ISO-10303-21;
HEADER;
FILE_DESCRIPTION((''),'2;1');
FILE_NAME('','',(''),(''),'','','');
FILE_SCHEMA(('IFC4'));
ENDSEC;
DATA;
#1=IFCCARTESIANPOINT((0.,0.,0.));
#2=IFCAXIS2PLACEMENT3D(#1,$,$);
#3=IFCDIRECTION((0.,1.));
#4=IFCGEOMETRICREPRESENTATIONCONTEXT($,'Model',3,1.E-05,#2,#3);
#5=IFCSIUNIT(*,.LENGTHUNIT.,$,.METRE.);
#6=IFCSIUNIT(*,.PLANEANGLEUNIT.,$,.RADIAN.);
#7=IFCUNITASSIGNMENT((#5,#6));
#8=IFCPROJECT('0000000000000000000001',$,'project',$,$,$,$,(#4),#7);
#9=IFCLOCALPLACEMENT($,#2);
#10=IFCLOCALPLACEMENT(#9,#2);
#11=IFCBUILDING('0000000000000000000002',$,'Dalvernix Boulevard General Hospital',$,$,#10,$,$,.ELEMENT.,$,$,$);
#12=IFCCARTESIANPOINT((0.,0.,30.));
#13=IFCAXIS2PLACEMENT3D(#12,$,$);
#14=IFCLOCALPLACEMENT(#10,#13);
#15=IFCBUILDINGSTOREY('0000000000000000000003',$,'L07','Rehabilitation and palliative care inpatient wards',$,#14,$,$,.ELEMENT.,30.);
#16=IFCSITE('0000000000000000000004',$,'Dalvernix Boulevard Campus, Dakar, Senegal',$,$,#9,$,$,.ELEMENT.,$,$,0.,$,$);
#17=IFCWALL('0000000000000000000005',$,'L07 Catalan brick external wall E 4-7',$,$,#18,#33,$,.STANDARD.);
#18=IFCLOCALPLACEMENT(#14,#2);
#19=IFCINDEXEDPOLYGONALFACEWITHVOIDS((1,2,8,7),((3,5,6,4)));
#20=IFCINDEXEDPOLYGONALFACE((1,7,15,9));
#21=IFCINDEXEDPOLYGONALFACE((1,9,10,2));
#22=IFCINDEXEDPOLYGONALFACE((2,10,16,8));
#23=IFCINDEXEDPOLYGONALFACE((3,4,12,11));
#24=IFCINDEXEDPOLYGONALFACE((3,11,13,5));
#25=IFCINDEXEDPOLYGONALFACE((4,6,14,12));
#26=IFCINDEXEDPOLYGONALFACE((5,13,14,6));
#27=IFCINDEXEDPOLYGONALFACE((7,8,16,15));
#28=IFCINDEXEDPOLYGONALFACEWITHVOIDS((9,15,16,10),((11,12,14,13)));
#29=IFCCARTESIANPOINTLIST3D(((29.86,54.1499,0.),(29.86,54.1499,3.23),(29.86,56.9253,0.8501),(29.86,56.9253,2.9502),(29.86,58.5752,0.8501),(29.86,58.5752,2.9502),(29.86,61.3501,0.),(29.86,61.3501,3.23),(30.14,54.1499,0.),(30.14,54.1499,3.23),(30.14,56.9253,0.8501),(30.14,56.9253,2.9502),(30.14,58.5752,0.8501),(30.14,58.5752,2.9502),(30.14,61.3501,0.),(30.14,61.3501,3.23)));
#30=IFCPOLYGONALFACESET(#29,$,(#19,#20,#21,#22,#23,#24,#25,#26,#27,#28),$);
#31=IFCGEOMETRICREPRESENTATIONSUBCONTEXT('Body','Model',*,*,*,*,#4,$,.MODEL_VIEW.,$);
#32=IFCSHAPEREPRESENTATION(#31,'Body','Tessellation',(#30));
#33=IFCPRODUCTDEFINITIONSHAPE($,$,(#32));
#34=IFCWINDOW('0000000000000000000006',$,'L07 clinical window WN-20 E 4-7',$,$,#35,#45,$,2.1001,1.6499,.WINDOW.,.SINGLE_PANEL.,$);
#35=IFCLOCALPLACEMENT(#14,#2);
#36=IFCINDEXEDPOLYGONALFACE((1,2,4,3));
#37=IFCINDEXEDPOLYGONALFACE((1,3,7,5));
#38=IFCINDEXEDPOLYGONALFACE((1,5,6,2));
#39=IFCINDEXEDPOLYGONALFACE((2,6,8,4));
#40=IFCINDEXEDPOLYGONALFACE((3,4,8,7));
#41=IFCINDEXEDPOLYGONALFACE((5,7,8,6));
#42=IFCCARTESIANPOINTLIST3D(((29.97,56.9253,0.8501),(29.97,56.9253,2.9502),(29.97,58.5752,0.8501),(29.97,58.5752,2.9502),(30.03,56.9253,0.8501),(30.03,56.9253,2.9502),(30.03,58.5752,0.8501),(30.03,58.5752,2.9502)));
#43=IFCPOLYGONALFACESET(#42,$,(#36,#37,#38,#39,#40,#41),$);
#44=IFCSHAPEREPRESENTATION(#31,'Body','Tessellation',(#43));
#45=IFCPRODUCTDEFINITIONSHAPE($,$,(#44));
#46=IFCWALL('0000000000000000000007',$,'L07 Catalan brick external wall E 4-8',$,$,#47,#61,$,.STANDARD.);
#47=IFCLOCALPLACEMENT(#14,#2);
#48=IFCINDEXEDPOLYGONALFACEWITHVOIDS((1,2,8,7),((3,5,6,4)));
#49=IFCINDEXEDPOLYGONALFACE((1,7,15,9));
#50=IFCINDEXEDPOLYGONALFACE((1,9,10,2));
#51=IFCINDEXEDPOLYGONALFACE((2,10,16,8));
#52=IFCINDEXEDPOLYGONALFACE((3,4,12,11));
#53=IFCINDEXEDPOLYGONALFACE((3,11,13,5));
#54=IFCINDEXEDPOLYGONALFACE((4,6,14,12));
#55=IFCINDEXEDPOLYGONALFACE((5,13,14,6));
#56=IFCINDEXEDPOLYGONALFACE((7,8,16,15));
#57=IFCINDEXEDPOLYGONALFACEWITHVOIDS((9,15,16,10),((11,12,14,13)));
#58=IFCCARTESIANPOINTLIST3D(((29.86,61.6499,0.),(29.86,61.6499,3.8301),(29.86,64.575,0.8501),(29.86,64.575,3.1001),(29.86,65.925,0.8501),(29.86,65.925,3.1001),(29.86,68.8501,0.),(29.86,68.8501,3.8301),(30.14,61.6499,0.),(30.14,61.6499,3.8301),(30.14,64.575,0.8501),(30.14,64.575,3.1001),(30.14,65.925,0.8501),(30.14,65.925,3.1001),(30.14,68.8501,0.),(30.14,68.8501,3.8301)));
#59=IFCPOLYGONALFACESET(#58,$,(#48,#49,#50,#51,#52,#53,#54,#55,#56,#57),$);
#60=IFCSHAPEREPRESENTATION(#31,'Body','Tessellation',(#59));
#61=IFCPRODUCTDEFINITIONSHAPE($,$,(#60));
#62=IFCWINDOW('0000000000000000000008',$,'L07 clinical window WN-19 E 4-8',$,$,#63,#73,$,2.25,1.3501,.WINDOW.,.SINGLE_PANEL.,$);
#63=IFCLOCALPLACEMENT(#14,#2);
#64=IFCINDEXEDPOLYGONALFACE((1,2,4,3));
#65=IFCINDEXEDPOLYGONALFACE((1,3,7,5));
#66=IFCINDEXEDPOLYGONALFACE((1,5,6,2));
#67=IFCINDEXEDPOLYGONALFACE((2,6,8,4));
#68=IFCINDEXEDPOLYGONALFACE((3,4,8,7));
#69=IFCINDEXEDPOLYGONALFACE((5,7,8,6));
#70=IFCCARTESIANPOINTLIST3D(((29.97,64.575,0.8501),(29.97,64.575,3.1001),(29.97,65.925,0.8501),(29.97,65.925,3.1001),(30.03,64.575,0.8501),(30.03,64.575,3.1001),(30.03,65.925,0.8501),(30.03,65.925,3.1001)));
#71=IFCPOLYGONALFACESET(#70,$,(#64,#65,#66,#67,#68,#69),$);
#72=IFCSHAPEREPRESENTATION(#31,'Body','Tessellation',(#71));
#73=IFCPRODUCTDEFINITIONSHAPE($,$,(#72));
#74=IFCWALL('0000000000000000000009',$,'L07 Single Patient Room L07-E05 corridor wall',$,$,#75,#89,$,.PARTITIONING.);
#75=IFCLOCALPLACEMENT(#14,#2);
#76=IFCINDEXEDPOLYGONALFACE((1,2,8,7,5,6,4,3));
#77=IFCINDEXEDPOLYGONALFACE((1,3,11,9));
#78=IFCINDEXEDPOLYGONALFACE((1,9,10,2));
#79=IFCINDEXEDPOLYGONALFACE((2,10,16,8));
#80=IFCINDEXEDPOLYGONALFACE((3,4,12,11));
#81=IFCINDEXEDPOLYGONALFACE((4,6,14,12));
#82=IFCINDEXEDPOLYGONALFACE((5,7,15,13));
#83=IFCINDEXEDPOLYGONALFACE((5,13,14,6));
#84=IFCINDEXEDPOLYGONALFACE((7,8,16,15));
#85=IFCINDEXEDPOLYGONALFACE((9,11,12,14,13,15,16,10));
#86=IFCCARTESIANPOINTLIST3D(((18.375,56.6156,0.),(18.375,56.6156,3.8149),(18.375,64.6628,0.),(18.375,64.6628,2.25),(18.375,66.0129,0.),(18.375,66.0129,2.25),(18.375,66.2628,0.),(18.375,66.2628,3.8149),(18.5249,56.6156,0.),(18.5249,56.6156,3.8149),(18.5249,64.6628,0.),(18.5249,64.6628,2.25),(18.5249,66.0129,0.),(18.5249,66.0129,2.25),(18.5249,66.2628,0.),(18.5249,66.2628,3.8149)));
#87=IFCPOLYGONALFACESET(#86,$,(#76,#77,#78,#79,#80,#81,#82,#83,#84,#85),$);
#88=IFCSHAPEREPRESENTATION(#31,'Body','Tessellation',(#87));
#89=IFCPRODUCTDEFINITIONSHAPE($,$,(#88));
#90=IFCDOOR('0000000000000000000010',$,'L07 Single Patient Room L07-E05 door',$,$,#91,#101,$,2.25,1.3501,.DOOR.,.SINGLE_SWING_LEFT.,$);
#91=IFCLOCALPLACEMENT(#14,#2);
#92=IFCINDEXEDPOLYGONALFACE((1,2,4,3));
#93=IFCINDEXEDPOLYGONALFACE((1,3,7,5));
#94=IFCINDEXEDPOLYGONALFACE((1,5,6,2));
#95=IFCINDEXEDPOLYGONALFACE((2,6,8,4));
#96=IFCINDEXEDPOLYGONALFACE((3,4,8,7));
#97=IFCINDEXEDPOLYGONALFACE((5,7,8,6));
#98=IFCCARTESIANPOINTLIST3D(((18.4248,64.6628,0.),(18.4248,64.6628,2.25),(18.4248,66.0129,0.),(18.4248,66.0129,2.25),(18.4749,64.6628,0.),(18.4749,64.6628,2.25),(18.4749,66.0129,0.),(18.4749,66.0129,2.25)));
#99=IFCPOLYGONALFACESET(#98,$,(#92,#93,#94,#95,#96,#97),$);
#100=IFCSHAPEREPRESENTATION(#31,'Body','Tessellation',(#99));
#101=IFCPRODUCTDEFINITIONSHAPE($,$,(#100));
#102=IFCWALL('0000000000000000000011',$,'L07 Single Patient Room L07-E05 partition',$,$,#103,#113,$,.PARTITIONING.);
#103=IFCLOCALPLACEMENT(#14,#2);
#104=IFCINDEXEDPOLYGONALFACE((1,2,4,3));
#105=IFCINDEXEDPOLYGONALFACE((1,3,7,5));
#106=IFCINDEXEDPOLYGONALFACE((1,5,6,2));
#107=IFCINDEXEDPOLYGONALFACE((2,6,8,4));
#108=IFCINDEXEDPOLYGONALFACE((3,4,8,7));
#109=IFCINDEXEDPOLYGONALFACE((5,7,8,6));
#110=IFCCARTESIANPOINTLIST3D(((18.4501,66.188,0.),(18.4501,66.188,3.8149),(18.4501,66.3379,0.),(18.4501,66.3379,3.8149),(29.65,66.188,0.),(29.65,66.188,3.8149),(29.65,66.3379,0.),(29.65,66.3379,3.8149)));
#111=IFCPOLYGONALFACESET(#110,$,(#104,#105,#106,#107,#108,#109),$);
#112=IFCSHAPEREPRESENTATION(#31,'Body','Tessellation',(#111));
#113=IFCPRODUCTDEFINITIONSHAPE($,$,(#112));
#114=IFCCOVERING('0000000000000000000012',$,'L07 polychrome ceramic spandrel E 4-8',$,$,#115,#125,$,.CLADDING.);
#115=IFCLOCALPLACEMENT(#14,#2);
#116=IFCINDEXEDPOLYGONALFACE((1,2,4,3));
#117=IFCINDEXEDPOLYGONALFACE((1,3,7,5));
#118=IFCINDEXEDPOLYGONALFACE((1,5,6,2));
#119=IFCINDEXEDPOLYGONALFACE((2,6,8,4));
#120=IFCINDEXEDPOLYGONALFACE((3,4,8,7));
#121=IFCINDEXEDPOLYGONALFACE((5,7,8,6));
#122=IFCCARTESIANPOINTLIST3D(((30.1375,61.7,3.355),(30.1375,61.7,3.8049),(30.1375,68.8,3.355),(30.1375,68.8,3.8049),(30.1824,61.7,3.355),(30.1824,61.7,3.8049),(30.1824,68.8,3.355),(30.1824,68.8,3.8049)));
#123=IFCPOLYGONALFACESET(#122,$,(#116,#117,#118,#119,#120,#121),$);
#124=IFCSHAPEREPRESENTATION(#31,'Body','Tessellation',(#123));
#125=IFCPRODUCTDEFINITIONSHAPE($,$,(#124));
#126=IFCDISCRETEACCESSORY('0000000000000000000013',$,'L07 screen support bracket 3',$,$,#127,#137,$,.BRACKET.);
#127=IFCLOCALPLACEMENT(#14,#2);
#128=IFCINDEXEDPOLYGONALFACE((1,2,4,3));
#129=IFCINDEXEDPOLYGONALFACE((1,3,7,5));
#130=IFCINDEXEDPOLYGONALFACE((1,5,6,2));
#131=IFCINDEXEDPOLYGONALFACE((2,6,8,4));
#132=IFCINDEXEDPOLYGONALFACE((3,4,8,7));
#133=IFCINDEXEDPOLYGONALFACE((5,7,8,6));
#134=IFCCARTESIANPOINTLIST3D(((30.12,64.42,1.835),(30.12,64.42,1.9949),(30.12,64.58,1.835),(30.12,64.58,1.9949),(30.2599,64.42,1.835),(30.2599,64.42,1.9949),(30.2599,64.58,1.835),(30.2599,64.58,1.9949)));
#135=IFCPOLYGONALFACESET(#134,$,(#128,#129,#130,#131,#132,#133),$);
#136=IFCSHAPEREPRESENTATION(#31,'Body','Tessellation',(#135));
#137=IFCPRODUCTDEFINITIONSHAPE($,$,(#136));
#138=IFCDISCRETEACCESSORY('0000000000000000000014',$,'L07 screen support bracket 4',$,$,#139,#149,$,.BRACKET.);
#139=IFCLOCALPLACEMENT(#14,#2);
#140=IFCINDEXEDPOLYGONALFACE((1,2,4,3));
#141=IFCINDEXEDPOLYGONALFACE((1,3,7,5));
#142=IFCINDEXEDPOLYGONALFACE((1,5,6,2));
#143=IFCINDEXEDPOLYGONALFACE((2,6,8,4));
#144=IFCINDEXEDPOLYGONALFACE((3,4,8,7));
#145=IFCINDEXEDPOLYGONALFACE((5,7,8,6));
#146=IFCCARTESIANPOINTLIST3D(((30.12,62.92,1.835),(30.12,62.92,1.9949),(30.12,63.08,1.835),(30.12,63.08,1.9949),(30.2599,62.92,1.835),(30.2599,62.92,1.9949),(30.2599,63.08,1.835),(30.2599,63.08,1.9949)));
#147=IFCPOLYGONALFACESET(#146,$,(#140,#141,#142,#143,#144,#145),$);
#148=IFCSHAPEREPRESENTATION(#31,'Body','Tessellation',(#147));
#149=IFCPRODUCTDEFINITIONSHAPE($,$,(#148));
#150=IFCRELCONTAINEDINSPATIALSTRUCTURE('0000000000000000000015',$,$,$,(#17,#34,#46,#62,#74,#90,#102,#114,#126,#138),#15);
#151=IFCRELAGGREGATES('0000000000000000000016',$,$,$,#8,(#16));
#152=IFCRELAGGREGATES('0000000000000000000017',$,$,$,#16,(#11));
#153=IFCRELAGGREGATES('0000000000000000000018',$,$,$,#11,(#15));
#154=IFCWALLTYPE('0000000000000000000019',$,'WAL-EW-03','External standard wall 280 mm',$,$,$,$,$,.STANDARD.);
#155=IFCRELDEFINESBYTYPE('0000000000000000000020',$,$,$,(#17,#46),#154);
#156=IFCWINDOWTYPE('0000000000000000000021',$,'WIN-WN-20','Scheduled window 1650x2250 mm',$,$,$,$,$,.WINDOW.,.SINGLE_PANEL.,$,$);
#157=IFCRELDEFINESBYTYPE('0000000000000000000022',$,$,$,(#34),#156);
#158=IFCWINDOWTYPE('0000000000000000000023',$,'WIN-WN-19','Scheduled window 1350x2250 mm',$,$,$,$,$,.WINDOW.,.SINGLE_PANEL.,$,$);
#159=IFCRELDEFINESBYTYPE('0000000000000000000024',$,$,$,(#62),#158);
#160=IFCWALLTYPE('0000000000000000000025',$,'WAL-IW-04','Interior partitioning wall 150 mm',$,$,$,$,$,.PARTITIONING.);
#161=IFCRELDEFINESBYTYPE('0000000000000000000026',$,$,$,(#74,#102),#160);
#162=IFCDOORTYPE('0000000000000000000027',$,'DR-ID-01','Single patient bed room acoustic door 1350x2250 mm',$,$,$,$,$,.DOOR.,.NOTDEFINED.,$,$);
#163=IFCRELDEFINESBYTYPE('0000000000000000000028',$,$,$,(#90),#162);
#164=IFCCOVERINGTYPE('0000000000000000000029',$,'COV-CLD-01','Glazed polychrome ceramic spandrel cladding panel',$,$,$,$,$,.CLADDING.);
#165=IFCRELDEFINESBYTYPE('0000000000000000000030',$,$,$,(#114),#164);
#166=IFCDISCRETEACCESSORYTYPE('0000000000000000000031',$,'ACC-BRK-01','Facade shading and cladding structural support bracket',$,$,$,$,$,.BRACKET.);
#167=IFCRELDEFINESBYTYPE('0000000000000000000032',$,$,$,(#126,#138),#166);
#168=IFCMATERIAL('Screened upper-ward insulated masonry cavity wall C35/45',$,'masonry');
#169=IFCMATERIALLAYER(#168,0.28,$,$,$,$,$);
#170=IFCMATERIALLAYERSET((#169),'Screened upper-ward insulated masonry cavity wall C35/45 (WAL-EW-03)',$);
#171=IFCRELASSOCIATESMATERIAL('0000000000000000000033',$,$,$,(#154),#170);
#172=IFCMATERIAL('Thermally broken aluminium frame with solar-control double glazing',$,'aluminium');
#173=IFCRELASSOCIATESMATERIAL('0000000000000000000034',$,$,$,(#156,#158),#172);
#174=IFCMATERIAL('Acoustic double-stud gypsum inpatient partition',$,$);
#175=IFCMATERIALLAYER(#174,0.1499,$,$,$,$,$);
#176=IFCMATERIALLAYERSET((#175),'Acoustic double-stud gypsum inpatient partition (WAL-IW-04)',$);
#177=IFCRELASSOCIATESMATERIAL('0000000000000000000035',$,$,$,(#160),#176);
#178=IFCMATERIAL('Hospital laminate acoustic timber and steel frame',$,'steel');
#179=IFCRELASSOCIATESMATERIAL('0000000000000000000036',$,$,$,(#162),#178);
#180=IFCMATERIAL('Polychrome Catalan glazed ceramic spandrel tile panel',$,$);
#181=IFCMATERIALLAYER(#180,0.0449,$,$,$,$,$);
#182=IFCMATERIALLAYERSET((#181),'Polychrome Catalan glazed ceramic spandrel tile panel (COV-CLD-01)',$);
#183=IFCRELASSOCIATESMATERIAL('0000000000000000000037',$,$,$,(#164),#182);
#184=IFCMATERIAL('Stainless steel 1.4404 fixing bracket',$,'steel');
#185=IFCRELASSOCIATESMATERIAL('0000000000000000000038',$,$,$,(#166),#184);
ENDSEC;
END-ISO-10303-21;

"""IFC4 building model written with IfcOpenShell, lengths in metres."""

from ifc_helpers import new_model, si_unit, direction, frame, frame_2d, origin, origin_2d, place, context, subcontext, project, spatial, rectangle, extrude, material, layer, layer_set, type_object, element, fill, save


model = new_model("IFC4")

# Units and contexts
model_context = context("Model", 3, precision=1e-05, world=origin(), true_north=direction((0.0, 1.0)))
body_context = subcontext(model_context, "Body", "Model", "MODEL_VIEW")
ifc_project = project(units=[si_unit("LENGTHUNIT", "METRE"), si_unit("PLANEANGLEUNIT", "RADIAN")], contexts=[model_context])

# Site, building, storey
site_placement = place(None, origin())
site = spatial("IfcSite", under=ifc_project, at=site_placement, Name="Dalvernix Boulevard Campus, Dakar, Senegal", CompositionType="ELEMENT", RefElevation=0.0)
building_placement = place(site_placement, origin())
building = spatial("IfcBuilding", under=site, at=building_placement, Name="Dalvernix Boulevard General Hospital", CompositionType="ELEMENT")
storey_placement = place(building_placement, frame((0.0, 0.0, 30.0)))
storey = spatial("IfcBuildingStorey", under=building, at=storey_placement, Name="L07", Description="Rehabilitation and palliative care inpatient wards", CompositionType="ELEMENT", Elevation=30.0)

# Walls, openings, windows
ifc_material_1 = material(Name="Screened upper-ward insulated masonry cavity wall C35/45", Category="masonry")
ifc_layer_1 = layer(ifc_material_1, 0.28)
ifc_layer_set_1 = layer_set([ifc_layer_1], Name="Screened upper-ward insulated masonry cavity wall C35/45 (WAL-EW-03)")
wall_type_1 = type_object("IfcWallType", Name="WAL-EW-03", Description="External standard wall 280 mm", PredefinedType="STANDARD", material=ifc_layer_set_1)
wall_1_placement = place(storey_placement, frame((30.0, 61.3501, 0.0), z_axis=(0.0, 0.0, 1.0), x_axis=(0.0, -1.0, 0.0)))
wall_1 = element("IfcWall", 1, at=wall_1_placement, inside=storey, type_object=wall_type_1, Name="L07 Catalan brick external wall E 4-7", PredefinedType="STANDARD", context=body_context, shape_type="SweptSolid", body=[
    extrude(rectangle(XDim=7.2002, YDim=0.28, at=frame_2d((3.6001, 0.0))), origin(), (0.0, 0.0, 1.0), 3.23),
])
opening_1_placement = place(wall_1_placement, frame((2.7749, 0.0, 0.8501)))
opening_1 = element("IfcOpeningElement", 2, at=opening_1_placement, cuts=wall_1, PredefinedType="OPENING", context=body_context, shape_type="SweptSolid", body=[
    extrude(rectangle(XDim=1.6499, YDim=2.1001, at=frame_2d((0.825, 1.05))), frame((0.0, 0.1499, 0.0), z_axis=(0.0, -1.0, 0.0), x_axis=(1.0, 0.0, 0.0)), (0.0, 0.0, 1.0), 0.3),
])
ifc_material_2 = material(Name="Thermally broken aluminium frame with solar-control double glazing", Category="aluminium")
window_type_1 = type_object("IfcWindowType", Name="WIN-WN-20", Description="Scheduled window 1650x2250 mm", PartitioningType="SINGLE_PANEL", PredefinedType="WINDOW", material=ifc_material_2)
window_1_placement = place(opening_1_placement, origin())
window_1 = element("IfcWindow", 3, at=window_1_placement, inside=storey, type_object=window_type_1, Name="L07 clinical window WN-20 E 4-7", OverallHeight=2.1001, OverallWidth=1.6499, PartitioningType="SINGLE_PANEL", PredefinedType="WINDOW", context=body_context, shape_type="SweptSolid", body=[
    extrude(rectangle(XDim=1.6499, YDim=2.1001, at=frame_2d((0.825, 1.05))), frame((0.0, 0.03, 0.0), z_axis=(0.0, -1.0, 0.0), x_axis=(1.0, 0.0, 0.0)), (0.0, 0.0, 1.0), 0.0601),
])
fill(opening_1, window_1)
wall_2_placement = place(storey_placement, frame((30.0, 68.8501, 0.0), z_axis=(0.0, 0.0, 1.0), x_axis=(0.0, -1.0, 0.0)))
wall_2 = element("IfcWall", 4, at=wall_2_placement, inside=storey, type_object=wall_type_1, Name="L07 Catalan brick external wall E 4-8", PredefinedType="STANDARD", context=body_context, shape_type="SweptSolid", body=[
    extrude(rectangle(XDim=7.2002, YDim=0.28, at=frame_2d((3.6001, 0.0))), origin(), (0.0, 0.0, 1.0), 3.8301),
])
opening_2_placement = place(wall_2_placement, frame((2.925, 0.0, 0.8501)))
opening_2 = element("IfcOpeningElement", 5, at=opening_2_placement, cuts=wall_2, PredefinedType="OPENING", context=body_context, shape_type="SweptSolid", body=[
    extrude(rectangle(XDim=1.3501, YDim=2.25, at=frame_2d((0.675, 1.125))), frame((0.0, 0.1499, 0.0), z_axis=(0.0, -1.0, 0.0), x_axis=(1.0, 0.0, 0.0)), (0.0, 0.0, 1.0), 0.3),
])
window_type_2 = type_object("IfcWindowType", Name="WIN-WN-19", Description="Scheduled window 1350x2250 mm", PartitioningType="SINGLE_PANEL", PredefinedType="WINDOW", material=ifc_material_2)
window_2_placement = place(opening_2_placement, origin())
window_2 = element("IfcWindow", 6, at=window_2_placement, inside=storey, type_object=window_type_2, Name="L07 clinical window WN-19 E 4-8", OverallHeight=2.25, OverallWidth=1.3501, PartitioningType="SINGLE_PANEL", PredefinedType="WINDOW", context=body_context, shape_type="SweptSolid", body=[
    extrude(rectangle(XDim=1.3501, YDim=2.25, at=frame_2d((0.675, 1.125))), frame((0.0, 0.03, 0.0), z_axis=(0.0, -1.0, 0.0), x_axis=(1.0, 0.0, 0.0)), (0.0, 0.0, 1.0), 0.0601),
])
fill(opening_2, window_2)

# Wall, opening, door
ifc_material_3 = material(Name="Acoustic double-stud gypsum inpatient partition")
ifc_layer_2 = layer(ifc_material_3, 0.1499)
ifc_layer_set_2 = layer_set([ifc_layer_2], Name="Acoustic double-stud gypsum inpatient partition (WAL-IW-04)")
wall_type_2 = type_object("IfcWallType", Name="WAL-IW-04", Description="Interior partitioning wall 150 mm", PredefinedType="PARTITIONING", material=ifc_layer_set_2)
wall_3_placement = place(storey_placement, frame((18.45, 66.2629, 0.0), z_axis=(0.0, 0.0, 1.0), x_axis=(0.0, -1.0, 0.0)))
wall_3 = element("IfcWall", 7, at=wall_3_placement, inside=storey, type_object=wall_type_2, Name="L07 Single Patient Room L07-E05 corridor wall", PredefinedType="PARTITIONING", context=body_context, shape_type="SweptSolid", body=[
    extrude(rectangle(XDim=9.6472, YDim=0.1499, at=frame_2d((4.8237, 0.0))), origin(), (0.0, 0.0, 1.0), 3.8149),
])
opening_3_placement = place(wall_3_placement, frame((0.25, 0.0, 0.0)))
opening_3 = element("IfcOpeningElement", 8, at=opening_3_placement, cuts=wall_3, PredefinedType="OPENING", context=body_context, shape_type="SweptSolid", body=[
    extrude(rectangle(XDim=1.3501, YDim=2.25, at=frame_2d((0.675, 1.125))), frame((0.0, 0.085, 0.0), z_axis=(0.0, -1.0, 0.0), x_axis=(1.0, 0.0, 0.0)), (0.0, 0.0, 1.0), 0.1699),
])
ifc_material_4 = material(Name="Hospital laminate acoustic timber and steel frame", Category="steel")
door_type = type_object("IfcDoorType", Name="DR-ID-01", Description="Single patient bed room acoustic door 1350x2250 mm", OperationType="NOTDEFINED", PredefinedType="DOOR", material=ifc_material_4)
door_placement = place(opening_3_placement, origin())
door = element("IfcDoor", 9, at=door_placement, inside=storey, type_object=door_type, Name="L07 Single Patient Room L07-E05 door", OperationType="SINGLE_SWING_LEFT", OverallHeight=2.25, OverallWidth=1.3501, PredefinedType="DOOR", context=body_context, shape_type="SweptSolid", body=[
    extrude(rectangle(XDim=1.3501, YDim=2.25, at=frame_2d((0.675, 1.125))), frame((0.0, 0.0249, 0.0), z_axis=(0.0, -1.0, 0.0), x_axis=(1.0, 0.0, 0.0)), (0.0, 0.0, 1.0), 0.05),
])
fill(opening_3, door)

# Wall
wall_4_placement = place(storey_placement, frame((18.45, 66.2629, 0.0), z_axis=(0.0, 0.0, 1.0), x_axis=(1.0, 0.0, 0.0)))
element("IfcWall", 10, at=wall_4_placement, inside=storey, type_object=wall_type_2, Name="L07 Single Patient Room L07-E05 partition", PredefinedType="PARTITIONING", context=body_context, shape_type="SweptSolid", body=[
    extrude(rectangle(XDim=11.2, YDim=0.1499, at=frame_2d((5.6001, 0.0))), origin(), (0.0, 0.0, 1.0), 3.8149),
])

# Covering
ifc_material_5 = material(Name="Polychrome Catalan glazed ceramic spandrel tile panel")
ifc_layer_3 = layer(ifc_material_5, 0.0449)
ifc_layer_set_3 = layer_set([ifc_layer_3], Name="Polychrome Catalan glazed ceramic spandrel tile panel (COV-CLD-01)")
covering_type = type_object("IfcCoveringType", Name="COV-CLD-01", Description="Glazed polychrome ceramic spandrel cladding panel", PredefinedType="CLADDING", material=ifc_layer_set_3)
covering_placement = place(storey_placement, frame((30.1599, 65.25, 3.355), z_axis=(0.0, 0.0, 1.0), x_axis=(0.0, -1.0, 0.0)))
element("IfcCovering", 11, at=covering_placement, inside=storey, type_object=covering_type, Name="L07 polychrome ceramic spandrel E 4-8", PredefinedType="CLADDING", context=body_context, shape_type="SweptSolid", body=[
    extrude(rectangle(XDim=7.1001, YDim=0.0449, at=origin_2d()), origin(), (0.0, 0.0, 1.0), 0.45),
])

# Discrete accessories
ifc_material_6 = material(Name="Stainless steel 1.4404 fixing bracket", Category="steel")
discrete_accessory_type = type_object("IfcDiscreteAccessoryType", Name="ACC-BRK-01", Description="Facade shading and cladding structural support bracket", PredefinedType="BRACKET", material=ifc_material_6)
for number, where, z_axis, x_axis, name in (
    (12, (30.1899, 64.5, 1.835), (0.0, 0.0, 1.0), (0.0, -1.0, 0.0), "L07 screen support bracket 3"),
    (13, (30.1899, 63.0, 1.835), (0.0, 0.0, 1.0), (0.0, -1.0, 0.0), "L07 screen support bracket 4"),
):
    element("IfcDiscreteAccessory", number, at=place(storey_placement, frame(where, z_axis=z_axis, x_axis=x_axis)), inside=storey, type_object=discrete_accessory_type, Name=name, PredefinedType="BRACKET", context=body_context, shape_type="SweptSolid", body=[
        extrude(rectangle(XDim=0.1599, YDim=0.1399, at=origin_2d()), origin(), (0.0, 0.0, 1.0), 0.1599),
    ])

save(model, "model.ifc")
